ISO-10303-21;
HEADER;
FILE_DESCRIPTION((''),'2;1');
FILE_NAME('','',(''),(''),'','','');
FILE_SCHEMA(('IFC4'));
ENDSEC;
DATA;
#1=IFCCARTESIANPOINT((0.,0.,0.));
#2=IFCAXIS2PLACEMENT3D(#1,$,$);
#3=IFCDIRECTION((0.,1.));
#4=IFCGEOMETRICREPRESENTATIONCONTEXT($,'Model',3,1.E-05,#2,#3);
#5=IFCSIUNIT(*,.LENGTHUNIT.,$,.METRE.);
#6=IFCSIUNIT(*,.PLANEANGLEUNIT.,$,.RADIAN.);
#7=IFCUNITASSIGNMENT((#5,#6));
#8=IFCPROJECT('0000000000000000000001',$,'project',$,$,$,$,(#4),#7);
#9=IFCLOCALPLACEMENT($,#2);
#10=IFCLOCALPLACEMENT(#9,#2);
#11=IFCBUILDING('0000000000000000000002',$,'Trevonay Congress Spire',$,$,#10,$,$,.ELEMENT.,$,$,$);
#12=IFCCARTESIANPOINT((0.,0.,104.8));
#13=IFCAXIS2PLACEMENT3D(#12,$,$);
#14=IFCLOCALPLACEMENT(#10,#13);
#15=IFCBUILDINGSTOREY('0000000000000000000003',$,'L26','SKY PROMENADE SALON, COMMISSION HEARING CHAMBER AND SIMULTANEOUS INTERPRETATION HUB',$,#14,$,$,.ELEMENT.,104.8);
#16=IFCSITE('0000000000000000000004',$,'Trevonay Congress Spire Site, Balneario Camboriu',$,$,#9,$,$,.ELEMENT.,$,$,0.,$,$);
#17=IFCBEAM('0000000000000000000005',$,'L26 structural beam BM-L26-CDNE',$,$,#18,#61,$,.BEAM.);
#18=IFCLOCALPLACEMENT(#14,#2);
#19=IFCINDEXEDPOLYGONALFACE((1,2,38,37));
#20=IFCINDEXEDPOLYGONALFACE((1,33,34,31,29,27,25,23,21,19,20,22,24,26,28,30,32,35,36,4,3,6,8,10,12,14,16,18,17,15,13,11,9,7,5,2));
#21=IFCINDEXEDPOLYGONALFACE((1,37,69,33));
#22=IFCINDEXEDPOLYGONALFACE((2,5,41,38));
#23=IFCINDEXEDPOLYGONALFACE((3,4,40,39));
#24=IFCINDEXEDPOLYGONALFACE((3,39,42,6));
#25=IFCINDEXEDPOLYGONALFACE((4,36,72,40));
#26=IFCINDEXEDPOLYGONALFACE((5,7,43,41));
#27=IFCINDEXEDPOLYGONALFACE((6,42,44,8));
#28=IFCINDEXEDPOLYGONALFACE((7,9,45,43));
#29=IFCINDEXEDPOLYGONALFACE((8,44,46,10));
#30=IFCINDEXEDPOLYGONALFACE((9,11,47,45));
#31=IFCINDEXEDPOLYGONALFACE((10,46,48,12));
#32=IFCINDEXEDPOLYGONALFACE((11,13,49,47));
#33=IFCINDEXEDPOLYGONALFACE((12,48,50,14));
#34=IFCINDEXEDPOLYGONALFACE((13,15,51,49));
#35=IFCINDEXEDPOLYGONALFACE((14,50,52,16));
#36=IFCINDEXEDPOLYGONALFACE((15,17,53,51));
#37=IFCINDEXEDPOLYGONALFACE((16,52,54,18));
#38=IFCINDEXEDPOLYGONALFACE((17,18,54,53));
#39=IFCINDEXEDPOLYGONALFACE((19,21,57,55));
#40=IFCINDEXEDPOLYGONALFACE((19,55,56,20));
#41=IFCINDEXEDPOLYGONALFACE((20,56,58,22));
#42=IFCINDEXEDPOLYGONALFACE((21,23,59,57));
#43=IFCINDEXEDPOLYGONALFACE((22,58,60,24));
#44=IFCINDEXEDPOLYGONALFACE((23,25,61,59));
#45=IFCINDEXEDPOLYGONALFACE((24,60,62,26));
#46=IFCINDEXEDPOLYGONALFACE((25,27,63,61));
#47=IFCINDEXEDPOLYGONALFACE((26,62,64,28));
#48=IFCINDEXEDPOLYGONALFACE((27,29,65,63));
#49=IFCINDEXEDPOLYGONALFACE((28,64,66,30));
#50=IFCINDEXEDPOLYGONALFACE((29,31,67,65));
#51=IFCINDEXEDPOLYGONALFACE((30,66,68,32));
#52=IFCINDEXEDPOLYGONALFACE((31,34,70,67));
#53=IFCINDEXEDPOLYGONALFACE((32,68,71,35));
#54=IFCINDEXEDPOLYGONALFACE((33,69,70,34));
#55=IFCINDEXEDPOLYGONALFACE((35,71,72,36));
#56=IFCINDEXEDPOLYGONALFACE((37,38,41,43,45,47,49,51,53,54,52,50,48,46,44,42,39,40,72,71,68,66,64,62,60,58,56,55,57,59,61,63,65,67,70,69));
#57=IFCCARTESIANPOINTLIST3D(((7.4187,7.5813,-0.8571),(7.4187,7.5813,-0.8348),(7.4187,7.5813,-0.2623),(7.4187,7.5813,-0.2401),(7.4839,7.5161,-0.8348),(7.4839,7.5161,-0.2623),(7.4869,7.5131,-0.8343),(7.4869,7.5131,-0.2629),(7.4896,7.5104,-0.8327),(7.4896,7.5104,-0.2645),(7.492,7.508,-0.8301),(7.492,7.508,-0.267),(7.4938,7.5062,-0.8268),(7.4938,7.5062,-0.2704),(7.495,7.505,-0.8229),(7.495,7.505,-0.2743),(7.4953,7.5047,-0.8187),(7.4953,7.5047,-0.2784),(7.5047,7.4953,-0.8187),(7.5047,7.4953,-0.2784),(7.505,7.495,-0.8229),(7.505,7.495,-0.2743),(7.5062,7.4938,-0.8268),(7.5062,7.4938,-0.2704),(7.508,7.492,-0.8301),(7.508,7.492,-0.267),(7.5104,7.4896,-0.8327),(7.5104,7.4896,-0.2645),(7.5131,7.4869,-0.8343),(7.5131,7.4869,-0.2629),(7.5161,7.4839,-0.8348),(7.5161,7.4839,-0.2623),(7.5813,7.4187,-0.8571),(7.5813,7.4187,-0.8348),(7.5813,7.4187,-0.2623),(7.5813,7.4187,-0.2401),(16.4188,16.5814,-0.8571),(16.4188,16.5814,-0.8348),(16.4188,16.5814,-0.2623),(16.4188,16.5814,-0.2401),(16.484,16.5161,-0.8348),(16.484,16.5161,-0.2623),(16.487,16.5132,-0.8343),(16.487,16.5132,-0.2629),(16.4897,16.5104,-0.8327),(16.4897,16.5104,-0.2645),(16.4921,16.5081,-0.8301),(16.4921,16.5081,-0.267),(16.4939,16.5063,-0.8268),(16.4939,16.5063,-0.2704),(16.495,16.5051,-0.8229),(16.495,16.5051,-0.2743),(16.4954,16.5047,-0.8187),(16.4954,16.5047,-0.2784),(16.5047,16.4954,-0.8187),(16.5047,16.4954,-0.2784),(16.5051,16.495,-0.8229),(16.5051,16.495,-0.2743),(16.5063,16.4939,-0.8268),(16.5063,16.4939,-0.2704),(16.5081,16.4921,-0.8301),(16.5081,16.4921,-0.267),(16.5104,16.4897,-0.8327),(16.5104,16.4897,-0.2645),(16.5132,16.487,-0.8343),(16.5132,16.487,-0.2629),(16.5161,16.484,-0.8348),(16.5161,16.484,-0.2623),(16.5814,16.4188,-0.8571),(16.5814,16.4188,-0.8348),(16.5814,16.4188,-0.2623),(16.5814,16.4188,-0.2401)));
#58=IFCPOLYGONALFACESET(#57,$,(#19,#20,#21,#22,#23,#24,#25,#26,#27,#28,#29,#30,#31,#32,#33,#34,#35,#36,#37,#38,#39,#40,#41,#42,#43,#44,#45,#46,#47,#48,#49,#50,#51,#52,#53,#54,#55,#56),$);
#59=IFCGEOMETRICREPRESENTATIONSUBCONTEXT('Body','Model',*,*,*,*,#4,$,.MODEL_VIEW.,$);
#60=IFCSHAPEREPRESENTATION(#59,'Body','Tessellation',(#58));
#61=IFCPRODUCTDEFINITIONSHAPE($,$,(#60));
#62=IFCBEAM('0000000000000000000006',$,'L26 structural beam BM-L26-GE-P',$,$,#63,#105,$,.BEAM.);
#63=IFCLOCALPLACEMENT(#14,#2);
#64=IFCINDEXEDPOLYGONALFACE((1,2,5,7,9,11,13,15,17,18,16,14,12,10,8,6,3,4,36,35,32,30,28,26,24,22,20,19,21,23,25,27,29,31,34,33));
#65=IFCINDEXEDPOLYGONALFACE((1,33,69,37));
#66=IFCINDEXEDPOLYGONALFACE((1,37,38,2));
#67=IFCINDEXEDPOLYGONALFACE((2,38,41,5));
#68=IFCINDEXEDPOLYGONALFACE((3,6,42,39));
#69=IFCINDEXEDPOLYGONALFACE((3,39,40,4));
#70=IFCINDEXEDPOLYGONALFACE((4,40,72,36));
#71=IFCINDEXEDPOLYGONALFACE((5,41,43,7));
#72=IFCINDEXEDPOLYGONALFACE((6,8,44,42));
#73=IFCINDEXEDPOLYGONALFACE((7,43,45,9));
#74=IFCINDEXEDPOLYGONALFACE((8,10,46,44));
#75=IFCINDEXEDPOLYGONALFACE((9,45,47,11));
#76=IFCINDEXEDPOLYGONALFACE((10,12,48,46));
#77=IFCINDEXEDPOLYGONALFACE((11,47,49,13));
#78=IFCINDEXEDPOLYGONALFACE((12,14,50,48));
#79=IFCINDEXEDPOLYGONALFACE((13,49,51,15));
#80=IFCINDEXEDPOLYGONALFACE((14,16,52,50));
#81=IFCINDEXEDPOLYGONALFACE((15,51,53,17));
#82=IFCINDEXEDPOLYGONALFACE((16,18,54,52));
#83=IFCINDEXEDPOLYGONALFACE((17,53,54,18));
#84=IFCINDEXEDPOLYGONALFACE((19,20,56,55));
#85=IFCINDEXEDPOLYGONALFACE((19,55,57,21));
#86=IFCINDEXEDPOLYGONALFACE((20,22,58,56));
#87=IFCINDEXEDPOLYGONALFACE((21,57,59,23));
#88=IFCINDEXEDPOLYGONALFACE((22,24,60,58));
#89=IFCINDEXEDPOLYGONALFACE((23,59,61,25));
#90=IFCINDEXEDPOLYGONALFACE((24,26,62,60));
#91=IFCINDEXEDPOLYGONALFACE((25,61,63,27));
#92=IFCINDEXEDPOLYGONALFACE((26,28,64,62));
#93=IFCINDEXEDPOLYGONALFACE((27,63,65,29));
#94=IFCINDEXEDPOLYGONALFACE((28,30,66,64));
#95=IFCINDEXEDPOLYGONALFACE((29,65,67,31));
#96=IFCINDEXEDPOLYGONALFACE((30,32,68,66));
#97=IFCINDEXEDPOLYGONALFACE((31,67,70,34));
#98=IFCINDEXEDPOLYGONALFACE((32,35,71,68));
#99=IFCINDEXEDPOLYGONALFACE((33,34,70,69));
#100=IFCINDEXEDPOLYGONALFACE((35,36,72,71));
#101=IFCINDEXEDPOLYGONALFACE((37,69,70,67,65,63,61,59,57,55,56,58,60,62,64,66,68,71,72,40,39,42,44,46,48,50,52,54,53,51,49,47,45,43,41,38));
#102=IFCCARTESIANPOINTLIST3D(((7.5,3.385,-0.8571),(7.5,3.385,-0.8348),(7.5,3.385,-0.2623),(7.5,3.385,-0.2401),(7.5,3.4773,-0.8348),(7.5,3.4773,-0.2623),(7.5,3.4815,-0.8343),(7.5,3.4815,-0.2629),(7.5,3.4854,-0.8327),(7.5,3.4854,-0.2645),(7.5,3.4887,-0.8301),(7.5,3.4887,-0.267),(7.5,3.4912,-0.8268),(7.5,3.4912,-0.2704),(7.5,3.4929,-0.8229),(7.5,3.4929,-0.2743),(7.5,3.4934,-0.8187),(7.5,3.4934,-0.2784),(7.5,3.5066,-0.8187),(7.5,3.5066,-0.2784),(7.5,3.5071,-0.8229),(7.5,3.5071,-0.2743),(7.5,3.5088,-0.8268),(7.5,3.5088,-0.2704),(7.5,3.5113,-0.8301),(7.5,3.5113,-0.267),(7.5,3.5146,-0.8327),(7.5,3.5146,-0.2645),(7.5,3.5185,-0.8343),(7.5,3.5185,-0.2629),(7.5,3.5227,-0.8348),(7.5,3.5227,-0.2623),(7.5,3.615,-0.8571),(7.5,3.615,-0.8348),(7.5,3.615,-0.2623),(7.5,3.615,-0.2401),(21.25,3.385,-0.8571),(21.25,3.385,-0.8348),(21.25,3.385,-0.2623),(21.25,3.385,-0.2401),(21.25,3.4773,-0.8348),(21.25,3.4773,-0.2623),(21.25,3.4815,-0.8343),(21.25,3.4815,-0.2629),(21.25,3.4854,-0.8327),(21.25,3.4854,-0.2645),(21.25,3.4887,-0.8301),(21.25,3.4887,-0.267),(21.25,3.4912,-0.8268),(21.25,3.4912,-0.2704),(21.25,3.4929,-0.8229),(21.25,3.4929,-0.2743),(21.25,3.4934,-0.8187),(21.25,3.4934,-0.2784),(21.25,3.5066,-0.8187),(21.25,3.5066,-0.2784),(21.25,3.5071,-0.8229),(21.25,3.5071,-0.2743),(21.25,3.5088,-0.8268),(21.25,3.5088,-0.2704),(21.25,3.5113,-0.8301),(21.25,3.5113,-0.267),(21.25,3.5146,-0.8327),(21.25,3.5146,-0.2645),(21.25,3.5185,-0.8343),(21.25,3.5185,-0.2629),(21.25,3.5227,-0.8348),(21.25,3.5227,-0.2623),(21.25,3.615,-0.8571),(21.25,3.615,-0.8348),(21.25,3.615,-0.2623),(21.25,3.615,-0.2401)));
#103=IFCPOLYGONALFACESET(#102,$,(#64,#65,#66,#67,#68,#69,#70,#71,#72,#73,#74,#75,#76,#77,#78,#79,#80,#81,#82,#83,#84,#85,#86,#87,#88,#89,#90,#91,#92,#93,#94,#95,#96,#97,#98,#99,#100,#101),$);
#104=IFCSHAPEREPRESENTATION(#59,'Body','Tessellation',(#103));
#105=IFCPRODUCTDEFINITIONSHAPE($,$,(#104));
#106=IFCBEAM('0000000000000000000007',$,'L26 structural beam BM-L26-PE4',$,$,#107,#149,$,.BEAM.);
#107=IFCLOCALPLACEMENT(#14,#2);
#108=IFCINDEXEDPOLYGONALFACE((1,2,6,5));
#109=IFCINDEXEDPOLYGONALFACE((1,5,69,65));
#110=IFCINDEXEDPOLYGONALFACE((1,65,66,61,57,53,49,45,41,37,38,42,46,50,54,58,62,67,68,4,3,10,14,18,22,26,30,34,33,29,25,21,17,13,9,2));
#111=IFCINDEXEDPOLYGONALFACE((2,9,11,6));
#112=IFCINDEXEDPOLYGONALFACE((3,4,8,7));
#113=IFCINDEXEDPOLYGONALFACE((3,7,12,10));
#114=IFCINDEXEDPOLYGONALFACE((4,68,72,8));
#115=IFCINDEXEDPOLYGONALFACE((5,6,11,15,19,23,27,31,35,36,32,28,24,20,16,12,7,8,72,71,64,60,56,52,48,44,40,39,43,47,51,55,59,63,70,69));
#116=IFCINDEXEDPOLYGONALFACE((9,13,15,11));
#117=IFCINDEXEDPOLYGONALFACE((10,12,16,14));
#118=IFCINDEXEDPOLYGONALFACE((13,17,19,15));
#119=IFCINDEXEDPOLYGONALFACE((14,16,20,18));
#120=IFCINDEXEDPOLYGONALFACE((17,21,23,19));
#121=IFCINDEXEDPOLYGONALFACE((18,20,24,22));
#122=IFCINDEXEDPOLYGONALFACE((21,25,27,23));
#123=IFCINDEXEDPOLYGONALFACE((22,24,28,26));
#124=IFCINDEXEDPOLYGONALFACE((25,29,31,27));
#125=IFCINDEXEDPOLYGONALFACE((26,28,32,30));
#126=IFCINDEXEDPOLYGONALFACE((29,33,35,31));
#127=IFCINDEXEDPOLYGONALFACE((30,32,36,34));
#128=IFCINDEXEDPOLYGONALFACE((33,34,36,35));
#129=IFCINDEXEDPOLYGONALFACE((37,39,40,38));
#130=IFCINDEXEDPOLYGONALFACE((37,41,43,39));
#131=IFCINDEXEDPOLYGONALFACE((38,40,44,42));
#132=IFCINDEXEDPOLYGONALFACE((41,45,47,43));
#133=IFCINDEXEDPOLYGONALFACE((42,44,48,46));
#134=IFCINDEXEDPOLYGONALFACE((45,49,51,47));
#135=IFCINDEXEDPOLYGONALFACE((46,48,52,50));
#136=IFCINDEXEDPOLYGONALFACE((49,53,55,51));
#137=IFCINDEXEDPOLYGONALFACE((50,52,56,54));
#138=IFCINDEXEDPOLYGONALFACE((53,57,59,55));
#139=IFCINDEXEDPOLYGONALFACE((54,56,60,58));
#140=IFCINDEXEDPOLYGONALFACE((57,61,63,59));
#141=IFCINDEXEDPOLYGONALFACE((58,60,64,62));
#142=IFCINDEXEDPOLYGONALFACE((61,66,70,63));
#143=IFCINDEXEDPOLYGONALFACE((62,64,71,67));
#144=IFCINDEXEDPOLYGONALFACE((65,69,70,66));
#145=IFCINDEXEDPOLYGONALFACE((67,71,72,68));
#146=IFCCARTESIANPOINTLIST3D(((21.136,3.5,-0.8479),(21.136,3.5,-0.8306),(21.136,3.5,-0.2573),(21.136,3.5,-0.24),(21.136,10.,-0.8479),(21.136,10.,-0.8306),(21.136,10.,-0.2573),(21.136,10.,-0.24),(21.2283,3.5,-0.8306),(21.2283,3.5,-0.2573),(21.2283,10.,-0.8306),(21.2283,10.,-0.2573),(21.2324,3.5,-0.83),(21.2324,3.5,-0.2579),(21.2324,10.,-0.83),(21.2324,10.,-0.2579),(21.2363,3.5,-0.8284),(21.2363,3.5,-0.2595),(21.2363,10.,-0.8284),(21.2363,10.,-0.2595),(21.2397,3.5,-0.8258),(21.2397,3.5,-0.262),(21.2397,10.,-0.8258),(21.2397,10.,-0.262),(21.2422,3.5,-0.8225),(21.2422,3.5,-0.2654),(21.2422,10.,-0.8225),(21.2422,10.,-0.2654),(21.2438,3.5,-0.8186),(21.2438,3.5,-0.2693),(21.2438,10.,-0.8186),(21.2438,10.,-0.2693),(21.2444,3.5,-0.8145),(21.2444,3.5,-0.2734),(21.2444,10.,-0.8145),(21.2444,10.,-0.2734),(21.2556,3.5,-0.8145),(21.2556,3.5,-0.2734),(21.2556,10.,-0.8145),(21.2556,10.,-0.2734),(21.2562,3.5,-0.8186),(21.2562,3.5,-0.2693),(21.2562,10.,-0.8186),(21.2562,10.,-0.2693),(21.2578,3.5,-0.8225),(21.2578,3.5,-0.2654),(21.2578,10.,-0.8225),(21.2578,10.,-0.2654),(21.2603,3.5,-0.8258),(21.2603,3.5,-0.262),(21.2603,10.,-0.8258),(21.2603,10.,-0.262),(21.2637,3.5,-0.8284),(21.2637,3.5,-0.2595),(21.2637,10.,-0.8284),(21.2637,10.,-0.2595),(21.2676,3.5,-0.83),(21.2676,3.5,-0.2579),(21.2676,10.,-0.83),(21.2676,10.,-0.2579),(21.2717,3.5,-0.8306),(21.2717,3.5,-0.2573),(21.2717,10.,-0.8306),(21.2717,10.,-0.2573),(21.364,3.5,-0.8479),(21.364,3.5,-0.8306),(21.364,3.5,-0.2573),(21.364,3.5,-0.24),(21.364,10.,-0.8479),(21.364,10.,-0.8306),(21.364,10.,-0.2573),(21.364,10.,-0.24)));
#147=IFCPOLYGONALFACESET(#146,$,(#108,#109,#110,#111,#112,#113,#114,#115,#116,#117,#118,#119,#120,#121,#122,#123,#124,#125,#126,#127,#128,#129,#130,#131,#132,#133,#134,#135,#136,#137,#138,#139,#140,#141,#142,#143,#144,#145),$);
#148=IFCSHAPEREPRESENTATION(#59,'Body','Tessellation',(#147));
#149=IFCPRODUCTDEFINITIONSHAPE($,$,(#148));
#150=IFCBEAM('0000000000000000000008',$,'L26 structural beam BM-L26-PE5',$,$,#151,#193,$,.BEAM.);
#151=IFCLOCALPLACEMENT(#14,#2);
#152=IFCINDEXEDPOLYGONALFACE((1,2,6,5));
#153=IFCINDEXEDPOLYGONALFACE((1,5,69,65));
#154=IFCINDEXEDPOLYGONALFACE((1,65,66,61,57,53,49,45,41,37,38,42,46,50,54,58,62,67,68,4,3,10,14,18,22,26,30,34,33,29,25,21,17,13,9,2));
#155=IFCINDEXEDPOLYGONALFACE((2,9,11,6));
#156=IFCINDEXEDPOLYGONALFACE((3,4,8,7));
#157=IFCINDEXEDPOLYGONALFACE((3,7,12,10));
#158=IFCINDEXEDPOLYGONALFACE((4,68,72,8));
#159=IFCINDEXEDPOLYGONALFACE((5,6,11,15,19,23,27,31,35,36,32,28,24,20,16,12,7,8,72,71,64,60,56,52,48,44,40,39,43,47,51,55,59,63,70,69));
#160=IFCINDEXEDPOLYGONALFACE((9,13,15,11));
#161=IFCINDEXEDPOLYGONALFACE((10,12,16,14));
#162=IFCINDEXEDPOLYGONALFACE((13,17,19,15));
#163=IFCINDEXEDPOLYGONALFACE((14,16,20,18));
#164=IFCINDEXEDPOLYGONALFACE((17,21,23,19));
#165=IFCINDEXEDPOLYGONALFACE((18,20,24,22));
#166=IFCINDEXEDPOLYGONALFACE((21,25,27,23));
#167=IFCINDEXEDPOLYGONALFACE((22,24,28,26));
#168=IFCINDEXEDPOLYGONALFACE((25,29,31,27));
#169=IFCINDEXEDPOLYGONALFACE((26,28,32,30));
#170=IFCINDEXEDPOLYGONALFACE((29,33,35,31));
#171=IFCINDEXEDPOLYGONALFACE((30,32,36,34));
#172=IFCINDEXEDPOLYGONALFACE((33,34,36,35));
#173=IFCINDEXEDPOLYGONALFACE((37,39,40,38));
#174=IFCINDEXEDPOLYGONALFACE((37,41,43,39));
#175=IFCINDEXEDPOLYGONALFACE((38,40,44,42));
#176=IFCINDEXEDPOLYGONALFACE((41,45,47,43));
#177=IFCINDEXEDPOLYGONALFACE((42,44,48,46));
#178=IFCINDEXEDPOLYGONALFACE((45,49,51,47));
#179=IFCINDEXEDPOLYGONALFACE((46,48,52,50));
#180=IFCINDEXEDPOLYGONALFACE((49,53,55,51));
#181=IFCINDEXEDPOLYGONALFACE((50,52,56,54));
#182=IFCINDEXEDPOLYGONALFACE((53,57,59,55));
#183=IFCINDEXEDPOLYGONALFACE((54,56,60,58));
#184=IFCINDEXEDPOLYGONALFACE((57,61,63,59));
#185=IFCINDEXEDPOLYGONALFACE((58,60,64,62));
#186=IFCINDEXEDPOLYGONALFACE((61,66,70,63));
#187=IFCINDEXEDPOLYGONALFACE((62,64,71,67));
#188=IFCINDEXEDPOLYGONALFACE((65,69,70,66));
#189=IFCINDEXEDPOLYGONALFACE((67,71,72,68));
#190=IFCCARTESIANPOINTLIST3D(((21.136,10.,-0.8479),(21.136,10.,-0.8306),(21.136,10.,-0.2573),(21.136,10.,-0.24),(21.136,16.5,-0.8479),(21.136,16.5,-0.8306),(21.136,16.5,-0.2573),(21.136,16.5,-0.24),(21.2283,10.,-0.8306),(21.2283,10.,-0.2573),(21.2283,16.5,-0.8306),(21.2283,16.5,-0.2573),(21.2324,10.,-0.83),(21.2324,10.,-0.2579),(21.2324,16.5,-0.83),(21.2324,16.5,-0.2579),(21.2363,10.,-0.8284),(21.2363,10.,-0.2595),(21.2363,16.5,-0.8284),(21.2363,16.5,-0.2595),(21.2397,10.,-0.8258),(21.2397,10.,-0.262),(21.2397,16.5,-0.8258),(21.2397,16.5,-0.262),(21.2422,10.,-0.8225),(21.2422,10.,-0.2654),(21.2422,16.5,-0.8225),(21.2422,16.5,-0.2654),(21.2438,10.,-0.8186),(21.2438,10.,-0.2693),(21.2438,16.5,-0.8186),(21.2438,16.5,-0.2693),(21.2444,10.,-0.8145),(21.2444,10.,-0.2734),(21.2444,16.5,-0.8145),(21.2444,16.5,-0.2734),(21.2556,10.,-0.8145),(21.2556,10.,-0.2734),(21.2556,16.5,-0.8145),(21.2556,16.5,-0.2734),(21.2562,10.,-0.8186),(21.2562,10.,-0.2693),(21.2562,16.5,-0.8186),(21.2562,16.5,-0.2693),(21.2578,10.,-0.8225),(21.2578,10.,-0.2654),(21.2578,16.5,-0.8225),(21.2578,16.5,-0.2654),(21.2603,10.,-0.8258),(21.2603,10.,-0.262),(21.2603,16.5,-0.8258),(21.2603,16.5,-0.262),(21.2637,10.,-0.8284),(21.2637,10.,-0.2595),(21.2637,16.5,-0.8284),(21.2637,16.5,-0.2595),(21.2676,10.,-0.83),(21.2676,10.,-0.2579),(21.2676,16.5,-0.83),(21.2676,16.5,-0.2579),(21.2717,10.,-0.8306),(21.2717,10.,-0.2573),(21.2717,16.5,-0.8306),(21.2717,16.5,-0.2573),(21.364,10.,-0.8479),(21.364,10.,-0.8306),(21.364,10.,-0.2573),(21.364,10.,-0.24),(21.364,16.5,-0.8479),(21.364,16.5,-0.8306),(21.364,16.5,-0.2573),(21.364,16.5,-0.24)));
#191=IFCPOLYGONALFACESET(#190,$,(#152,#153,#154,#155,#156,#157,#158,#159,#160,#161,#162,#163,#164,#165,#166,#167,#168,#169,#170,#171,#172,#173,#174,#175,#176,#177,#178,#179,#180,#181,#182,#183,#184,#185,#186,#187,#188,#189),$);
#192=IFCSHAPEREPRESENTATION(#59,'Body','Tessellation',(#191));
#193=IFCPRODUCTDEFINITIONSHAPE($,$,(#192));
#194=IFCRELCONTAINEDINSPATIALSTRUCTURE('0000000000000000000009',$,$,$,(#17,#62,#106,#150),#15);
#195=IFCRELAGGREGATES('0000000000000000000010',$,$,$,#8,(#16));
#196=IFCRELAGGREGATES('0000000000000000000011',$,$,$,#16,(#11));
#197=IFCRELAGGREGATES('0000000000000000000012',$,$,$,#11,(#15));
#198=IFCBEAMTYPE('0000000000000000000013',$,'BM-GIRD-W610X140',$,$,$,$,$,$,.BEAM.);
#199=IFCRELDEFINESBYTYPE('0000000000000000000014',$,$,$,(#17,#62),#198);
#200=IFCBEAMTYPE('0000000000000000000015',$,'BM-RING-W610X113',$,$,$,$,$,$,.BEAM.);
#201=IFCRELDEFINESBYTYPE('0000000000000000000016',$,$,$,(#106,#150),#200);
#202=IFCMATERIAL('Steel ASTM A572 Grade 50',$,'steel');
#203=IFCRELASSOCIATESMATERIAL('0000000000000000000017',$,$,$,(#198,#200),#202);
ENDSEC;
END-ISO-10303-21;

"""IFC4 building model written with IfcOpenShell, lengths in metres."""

from ifc_helpers import new_model, si_unit, direction, frame, origin, origin_2d, place, context, subcontext, project, spatial, i_section, extrude, material, material_profile, profile_set, type_object, element, save


model = new_model("IFC4")

# Units and contexts
model_context = context("Model", 3, precision=1e-05, world=origin(), true_north=direction((0.0, 1.0)))
body_context = subcontext(model_context, "Body", "Model", "MODEL_VIEW")
ifc_project = project(units=[si_unit("LENGTHUNIT", "METRE"), si_unit("PLANEANGLEUNIT", "RADIAN")], contexts=[model_context])

# Site, building, storey
site_placement = place(None, origin())
site = spatial("IfcSite", under=ifc_project, at=site_placement, Name="Trevonay Congress Spire Site, Balneario Camboriu", CompositionType="ELEMENT", RefElevation=0.0)
building_placement = place(site_placement, origin())
building = spatial("IfcBuilding", under=site, at=building_placement, Name="Trevonay Congress Spire", CompositionType="ELEMENT")
storey_placement = place(building_placement, frame((0.0, 0.0, 104.8)))
storey = spatial("IfcBuildingStorey", under=building, at=storey_placement, Name="L26", Description="SKY PROMENADE SALON, COMMISSION HEARING CHAMBER AND SIMULTANEOUS INTERPRETATION HUB", CompositionType="ELEMENT", Elevation=104.8)

# Shared definitions
ifc_material_1 = material(Name="Steel ASTM A572 Grade 50", Category="steel")

# Beams
ifc_material_profile_1 = material_profile(ifc_material_1, i_section(OverallWidth=0.23, OverallDepth=0.6169, WebThickness=0.0132, FlangeThickness=0.0222, FilletRadius=0.0161, at=origin_2d()), Name="W610x140")
ifc_profile_set_1 = profile_set([ifc_material_profile_1], Name="Steel ASTM A572 Grade 50")
beam_type_1 = type_object("IfcBeamType", Name="BM-GIRD-W610X140", PredefinedType="BEAM", material=ifc_profile_set_1)
beam_1_placement = place(storey_placement, frame((7.5, 7.5, -0.5486), z_axis=(0.707107, 0.707107, 0.0), x_axis=(-0.707107, 0.707107, 0.0)))
element("IfcBeam", 1, at=beam_1_placement, inside=storey, type_object=beam_type_1, Name="L26 structural beam BM-L26-CDNE", PredefinedType="BEAM", context=body_context, shape_type="SweptSolid", body=[
    extrude(i_section(OverallWidth=0.23, OverallDepth=0.6169, WebThickness=0.0132, FlangeThickness=0.0222, FilletRadius=0.0161, at=origin_2d()), origin(), (0.0, 0.0, 1.0), 12.728),
])
beam_2_placement = place(storey_placement, frame((7.5, 3.5, -0.5486), z_axis=(1.0, 0.0, 0.0), x_axis=(0.0, 1.0, 0.0)))
element("IfcBeam", 2, at=beam_2_placement, inside=storey, type_object=beam_type_1, Name="L26 structural beam BM-L26-GE-P", PredefinedType="BEAM", context=body_context, shape_type="SweptSolid", body=[
    extrude(i_section(OverallWidth=0.23, OverallDepth=0.6169, WebThickness=0.0132, FlangeThickness=0.0222, FilletRadius=0.0161, at=origin_2d()), origin(), (0.0, 0.0, 1.0), 13.75),
])
ifc_material_profile_2 = material_profile(ifc_material_1, i_section(OverallWidth=0.228, OverallDepth=0.6079, WebThickness=0.0112, FlangeThickness=0.0173, FilletRadius=0.0161, at=origin_2d()), Name="W610x113")
ifc_profile_set_2 = profile_set([ifc_material_profile_2], Name="Steel ASTM A572 Grade 50")
beam_type_2 = type_object("IfcBeamType", Name="BM-RING-W610X113", PredefinedType="BEAM", material=ifc_profile_set_2)
for number, where, z_axis, x_axis, name in (
    (3, (21.25, 3.5, -0.5439), (0.0, 1.0, 0.0), (-1.0, 0.0, 0.0), "L26 structural beam BM-L26-PE4"),
    (4, (21.25, 10.0, -0.5439), (0.0, 1.0, 0.0), (-1.0, 0.0, 0.0), "L26 structural beam BM-L26-PE5"),
):
    element("IfcBeam", number, at=place(storey_placement, frame(where, z_axis=z_axis, x_axis=x_axis)), inside=storey, type_object=beam_type_2, Name=name, PredefinedType="BEAM", context=body_context, shape_type="SweptSolid", body=[
        extrude(i_section(OverallWidth=0.228, OverallDepth=0.6079, WebThickness=0.0112, FlangeThickness=0.0173, FilletRadius=0.0161, at=origin_2d()), origin(), (0.0, 0.0, 1.0), 6.5),
    ])

save(model, "model.ifc")
